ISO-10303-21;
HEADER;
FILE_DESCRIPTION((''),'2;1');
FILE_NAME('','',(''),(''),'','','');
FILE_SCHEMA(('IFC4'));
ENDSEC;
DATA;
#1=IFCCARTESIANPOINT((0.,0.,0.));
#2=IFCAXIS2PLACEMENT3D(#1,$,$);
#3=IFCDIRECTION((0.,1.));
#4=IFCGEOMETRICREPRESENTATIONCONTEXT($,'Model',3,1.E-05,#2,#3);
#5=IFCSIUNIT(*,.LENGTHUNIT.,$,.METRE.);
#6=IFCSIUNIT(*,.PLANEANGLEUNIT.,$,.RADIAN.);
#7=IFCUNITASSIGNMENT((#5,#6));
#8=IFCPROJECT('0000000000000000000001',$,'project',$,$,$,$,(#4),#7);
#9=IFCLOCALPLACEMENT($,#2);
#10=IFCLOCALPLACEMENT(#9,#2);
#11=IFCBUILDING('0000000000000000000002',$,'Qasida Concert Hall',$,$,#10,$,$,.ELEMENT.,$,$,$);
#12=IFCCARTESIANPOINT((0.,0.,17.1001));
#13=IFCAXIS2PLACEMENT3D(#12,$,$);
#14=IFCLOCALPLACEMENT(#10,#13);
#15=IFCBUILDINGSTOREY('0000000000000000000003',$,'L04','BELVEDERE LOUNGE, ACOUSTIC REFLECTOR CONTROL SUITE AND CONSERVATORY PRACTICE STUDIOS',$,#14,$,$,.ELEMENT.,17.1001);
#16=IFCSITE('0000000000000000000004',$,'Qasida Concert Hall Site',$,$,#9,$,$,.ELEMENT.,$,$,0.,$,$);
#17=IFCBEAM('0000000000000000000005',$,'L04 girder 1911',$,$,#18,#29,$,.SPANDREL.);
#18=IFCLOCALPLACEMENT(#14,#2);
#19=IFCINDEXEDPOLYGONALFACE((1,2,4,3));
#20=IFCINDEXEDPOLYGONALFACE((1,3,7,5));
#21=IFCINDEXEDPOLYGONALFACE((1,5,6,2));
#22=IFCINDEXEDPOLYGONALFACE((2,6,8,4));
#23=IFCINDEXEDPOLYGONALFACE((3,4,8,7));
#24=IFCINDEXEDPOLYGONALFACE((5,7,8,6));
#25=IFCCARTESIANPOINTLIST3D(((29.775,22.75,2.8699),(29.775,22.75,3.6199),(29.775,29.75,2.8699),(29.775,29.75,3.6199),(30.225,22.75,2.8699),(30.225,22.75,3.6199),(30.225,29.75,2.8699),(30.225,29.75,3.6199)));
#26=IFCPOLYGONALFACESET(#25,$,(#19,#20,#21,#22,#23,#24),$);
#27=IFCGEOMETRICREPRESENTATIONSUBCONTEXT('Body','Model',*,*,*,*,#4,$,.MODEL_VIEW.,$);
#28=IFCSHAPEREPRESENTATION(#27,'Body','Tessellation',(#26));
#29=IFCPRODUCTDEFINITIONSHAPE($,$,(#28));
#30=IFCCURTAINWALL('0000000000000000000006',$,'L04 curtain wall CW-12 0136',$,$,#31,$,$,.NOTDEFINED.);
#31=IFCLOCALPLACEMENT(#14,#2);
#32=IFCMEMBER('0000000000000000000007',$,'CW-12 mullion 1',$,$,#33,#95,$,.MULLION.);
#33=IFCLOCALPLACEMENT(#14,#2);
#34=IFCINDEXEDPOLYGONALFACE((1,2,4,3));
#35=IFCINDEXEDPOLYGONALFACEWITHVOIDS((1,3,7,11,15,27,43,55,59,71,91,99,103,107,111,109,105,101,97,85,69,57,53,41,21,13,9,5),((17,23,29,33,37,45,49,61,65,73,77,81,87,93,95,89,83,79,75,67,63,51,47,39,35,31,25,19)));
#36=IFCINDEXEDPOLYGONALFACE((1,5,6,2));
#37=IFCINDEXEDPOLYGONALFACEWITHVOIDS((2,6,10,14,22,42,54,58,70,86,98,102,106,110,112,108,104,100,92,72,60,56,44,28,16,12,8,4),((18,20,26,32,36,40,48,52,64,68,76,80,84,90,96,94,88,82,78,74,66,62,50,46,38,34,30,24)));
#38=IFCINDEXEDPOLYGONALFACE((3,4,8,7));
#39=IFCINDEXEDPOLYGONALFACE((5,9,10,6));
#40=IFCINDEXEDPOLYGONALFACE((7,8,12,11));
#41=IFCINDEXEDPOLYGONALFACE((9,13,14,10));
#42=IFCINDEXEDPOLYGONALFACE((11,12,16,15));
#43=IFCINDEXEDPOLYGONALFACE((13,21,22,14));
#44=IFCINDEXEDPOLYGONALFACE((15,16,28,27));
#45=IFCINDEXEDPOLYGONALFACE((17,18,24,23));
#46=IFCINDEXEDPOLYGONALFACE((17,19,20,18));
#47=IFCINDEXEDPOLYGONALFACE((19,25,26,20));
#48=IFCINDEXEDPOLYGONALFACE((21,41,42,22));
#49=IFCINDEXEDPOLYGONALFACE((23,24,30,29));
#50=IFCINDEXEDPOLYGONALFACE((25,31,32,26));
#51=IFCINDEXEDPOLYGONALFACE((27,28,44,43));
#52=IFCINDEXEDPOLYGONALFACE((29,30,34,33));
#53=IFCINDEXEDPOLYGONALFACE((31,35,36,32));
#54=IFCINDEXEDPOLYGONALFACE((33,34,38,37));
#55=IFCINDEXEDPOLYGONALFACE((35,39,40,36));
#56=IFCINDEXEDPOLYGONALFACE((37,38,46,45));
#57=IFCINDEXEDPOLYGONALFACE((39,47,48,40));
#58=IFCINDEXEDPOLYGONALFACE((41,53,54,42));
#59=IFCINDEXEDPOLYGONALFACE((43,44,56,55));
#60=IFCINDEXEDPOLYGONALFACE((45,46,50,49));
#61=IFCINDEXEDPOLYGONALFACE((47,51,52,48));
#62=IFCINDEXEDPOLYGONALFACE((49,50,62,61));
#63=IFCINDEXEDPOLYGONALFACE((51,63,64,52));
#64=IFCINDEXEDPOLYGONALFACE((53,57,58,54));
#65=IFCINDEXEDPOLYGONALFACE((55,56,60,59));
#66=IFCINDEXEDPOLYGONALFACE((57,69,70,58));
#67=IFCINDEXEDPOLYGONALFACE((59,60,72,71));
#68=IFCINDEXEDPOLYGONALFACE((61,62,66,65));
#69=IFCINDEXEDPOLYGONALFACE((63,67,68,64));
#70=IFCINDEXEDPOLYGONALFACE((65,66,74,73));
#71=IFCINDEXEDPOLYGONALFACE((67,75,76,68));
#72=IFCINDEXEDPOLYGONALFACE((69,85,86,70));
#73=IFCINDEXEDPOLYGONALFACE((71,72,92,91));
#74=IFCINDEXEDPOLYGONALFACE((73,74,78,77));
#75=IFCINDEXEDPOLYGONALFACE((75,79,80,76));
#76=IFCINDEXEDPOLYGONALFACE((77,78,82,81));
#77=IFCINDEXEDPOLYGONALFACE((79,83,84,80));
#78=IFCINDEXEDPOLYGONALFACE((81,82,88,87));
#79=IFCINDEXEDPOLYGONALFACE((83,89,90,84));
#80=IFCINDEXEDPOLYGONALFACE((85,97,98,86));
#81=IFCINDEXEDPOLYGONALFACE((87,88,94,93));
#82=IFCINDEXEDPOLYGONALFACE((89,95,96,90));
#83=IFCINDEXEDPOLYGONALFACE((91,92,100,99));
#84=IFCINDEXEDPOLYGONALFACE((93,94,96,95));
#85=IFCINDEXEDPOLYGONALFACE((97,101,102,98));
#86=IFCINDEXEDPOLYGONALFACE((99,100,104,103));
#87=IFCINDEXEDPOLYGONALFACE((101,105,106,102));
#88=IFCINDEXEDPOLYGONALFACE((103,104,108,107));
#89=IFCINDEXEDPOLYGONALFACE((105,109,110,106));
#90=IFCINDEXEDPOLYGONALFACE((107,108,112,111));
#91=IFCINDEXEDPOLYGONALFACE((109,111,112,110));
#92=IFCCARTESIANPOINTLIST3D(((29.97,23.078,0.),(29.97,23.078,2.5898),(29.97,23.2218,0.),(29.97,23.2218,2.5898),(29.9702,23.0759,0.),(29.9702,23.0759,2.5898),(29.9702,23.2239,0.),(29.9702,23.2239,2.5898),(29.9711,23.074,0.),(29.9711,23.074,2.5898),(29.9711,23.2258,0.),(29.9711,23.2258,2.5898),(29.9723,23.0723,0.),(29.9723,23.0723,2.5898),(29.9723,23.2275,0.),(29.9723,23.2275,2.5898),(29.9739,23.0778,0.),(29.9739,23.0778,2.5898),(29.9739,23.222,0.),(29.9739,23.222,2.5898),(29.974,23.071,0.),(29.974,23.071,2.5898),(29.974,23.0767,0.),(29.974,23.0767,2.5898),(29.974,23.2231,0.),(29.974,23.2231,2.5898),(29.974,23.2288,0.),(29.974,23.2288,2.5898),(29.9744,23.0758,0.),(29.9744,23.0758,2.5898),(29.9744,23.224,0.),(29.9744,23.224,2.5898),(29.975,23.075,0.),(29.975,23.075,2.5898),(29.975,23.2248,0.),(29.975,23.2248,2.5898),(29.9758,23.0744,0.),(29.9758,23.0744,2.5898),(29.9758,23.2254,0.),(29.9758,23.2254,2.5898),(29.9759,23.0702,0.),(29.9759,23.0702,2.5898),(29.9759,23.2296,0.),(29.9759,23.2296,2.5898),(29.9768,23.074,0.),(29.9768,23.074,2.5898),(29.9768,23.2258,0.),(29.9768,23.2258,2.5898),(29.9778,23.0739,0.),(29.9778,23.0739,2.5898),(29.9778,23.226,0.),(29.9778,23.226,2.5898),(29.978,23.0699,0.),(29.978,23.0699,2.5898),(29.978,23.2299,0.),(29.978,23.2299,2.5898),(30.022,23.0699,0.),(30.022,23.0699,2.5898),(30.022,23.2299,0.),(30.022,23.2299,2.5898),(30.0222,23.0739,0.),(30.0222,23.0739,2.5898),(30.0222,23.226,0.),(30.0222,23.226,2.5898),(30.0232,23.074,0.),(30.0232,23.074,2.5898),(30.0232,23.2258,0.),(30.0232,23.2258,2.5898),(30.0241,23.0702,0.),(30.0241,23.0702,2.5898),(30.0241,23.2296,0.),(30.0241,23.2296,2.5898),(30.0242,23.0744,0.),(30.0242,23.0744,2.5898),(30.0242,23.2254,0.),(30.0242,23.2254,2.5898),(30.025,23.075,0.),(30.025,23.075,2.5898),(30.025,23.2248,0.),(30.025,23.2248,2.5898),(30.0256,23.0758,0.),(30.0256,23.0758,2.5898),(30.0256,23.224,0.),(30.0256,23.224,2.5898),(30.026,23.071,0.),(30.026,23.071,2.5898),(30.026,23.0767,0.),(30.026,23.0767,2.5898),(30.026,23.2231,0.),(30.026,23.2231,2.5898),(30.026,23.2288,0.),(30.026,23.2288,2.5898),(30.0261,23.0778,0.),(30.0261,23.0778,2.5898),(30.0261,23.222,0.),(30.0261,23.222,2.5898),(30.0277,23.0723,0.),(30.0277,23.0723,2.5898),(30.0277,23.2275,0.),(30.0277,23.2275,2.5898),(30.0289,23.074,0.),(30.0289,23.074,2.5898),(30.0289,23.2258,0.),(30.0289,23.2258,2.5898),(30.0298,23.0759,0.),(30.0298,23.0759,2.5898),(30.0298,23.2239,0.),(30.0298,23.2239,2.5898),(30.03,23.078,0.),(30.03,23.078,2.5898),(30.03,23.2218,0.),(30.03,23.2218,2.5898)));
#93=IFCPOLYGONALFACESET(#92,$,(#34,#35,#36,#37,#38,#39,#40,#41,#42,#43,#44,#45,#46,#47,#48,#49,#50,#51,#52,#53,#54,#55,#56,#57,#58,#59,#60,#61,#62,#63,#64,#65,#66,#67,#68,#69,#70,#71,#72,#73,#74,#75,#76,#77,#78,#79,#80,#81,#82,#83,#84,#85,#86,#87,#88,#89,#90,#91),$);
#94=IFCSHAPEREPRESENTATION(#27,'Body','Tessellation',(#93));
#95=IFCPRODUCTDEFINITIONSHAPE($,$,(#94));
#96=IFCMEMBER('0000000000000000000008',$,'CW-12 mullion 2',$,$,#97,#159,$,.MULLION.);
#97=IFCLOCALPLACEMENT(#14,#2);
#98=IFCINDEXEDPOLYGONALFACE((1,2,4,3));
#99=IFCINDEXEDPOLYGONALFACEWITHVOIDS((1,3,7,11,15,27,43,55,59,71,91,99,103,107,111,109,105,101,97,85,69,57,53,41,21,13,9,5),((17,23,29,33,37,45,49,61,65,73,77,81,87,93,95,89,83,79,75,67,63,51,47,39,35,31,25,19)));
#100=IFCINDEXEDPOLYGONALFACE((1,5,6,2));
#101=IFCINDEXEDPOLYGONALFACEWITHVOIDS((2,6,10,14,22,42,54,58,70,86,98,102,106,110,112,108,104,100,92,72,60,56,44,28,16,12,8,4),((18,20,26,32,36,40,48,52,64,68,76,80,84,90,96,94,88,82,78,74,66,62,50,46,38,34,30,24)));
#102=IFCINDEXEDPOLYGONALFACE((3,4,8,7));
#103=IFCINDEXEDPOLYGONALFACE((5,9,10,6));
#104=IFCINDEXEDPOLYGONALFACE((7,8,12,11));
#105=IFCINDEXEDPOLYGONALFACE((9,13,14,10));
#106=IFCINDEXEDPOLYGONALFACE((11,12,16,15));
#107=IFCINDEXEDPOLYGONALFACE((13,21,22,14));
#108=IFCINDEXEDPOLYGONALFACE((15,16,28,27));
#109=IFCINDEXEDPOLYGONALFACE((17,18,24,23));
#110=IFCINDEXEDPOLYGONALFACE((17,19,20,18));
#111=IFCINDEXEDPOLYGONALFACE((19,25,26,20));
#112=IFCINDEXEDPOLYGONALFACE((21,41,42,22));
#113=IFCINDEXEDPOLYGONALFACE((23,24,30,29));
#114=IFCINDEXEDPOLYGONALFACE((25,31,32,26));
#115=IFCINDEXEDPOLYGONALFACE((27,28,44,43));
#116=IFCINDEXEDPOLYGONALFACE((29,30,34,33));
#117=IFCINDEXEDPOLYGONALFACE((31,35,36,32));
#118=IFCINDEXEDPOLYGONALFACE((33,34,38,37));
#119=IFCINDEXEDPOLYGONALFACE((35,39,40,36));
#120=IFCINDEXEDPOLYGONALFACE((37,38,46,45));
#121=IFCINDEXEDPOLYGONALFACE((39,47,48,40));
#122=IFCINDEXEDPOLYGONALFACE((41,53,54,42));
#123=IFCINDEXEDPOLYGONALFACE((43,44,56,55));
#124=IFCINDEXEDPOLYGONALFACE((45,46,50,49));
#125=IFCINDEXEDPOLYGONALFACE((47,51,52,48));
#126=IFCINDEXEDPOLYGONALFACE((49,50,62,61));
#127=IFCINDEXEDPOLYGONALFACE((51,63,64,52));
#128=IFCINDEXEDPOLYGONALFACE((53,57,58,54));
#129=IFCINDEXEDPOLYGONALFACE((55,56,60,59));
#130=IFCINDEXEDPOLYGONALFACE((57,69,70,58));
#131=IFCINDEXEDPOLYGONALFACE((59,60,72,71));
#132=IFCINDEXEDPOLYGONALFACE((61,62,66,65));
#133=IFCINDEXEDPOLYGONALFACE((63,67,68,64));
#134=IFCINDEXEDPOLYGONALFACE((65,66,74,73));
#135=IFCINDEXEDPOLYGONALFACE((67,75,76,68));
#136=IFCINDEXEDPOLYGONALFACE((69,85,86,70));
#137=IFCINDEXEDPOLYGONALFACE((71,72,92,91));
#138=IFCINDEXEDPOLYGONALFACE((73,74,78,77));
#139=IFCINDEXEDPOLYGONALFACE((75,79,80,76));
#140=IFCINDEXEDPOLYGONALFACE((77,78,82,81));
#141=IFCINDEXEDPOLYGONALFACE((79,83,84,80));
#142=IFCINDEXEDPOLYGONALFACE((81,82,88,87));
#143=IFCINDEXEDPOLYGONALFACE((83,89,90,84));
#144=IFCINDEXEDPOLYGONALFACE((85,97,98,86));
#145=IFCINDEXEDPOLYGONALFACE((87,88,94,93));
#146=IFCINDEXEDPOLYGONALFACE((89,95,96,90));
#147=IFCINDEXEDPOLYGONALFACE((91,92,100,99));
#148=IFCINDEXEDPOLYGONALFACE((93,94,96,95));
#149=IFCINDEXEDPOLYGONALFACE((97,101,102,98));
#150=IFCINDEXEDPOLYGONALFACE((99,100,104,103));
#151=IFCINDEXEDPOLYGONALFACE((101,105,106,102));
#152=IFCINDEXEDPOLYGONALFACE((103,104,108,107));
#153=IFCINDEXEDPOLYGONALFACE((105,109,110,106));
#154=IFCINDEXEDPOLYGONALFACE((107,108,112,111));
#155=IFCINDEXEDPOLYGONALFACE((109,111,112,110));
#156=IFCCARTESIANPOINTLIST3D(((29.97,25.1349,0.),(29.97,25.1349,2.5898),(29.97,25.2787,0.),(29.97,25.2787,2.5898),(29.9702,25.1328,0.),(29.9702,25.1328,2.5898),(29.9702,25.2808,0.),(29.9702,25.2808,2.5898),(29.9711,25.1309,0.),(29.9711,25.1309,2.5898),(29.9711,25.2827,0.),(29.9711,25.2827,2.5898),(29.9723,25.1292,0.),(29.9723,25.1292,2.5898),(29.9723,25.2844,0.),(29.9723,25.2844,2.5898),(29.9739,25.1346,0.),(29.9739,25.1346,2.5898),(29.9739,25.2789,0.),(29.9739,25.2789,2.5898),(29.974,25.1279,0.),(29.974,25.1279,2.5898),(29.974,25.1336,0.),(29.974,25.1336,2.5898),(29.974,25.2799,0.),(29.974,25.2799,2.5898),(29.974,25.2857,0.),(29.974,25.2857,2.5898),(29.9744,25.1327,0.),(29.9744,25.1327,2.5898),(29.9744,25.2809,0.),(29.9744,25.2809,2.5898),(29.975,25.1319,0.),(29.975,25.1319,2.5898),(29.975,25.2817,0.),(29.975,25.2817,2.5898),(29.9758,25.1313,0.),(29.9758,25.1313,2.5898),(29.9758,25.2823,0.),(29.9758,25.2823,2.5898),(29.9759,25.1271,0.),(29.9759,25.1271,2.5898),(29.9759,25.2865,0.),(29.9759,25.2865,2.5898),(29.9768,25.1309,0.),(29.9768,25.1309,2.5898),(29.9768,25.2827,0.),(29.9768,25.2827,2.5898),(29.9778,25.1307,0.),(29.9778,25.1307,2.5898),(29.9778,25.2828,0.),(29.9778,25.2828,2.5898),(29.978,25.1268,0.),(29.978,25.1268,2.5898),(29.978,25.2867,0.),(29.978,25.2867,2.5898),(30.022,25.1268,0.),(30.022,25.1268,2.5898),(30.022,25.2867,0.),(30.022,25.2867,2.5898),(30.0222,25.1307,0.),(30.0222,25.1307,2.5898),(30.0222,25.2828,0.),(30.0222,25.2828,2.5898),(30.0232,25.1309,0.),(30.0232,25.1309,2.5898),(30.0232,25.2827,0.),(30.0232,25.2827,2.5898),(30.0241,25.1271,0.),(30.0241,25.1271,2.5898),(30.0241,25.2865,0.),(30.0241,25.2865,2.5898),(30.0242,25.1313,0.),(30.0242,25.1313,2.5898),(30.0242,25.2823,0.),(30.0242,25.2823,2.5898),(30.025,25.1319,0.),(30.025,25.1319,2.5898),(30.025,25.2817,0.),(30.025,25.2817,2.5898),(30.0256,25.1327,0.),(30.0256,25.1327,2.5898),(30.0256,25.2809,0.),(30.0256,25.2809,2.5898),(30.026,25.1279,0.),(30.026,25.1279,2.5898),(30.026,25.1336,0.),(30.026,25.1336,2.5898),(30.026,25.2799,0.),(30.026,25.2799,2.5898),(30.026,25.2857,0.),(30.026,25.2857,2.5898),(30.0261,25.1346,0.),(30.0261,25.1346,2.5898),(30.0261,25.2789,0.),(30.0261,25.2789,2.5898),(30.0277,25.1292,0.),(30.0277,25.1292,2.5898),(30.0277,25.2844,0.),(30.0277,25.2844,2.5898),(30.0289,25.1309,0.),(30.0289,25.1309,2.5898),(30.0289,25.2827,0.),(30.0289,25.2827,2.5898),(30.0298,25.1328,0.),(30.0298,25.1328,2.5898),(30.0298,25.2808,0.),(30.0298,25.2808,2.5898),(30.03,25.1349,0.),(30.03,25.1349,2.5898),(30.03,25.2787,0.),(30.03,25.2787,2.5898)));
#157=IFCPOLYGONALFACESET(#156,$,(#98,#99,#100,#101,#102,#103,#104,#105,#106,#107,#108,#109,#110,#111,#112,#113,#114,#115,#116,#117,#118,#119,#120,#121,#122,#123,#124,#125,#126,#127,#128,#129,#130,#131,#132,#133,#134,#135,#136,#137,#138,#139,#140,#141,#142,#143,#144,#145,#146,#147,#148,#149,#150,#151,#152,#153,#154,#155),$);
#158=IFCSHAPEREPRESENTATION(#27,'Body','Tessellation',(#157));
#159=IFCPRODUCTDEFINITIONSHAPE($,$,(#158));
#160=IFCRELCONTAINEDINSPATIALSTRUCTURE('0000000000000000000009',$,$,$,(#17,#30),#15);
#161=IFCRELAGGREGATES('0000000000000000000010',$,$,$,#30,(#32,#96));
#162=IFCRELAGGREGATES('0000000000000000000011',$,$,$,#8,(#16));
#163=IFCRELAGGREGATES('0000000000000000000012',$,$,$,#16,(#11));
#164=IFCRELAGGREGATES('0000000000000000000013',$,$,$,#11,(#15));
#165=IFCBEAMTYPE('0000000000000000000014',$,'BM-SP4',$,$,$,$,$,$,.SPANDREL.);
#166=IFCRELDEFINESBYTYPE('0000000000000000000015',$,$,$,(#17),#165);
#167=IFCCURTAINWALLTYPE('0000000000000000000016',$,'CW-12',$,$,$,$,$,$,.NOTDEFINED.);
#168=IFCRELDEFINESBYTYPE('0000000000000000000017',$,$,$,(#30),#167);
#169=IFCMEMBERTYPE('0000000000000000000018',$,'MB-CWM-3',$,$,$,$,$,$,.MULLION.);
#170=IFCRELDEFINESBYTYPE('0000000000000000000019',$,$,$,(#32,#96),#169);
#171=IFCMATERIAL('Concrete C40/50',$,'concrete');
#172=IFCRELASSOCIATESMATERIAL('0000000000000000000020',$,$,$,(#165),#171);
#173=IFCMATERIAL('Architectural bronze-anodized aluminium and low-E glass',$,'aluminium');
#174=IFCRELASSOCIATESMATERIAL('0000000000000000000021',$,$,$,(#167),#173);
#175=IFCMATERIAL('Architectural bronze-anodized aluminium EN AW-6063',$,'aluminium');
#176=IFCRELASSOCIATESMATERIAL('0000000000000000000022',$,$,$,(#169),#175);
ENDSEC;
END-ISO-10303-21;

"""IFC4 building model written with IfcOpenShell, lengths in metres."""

from ifc_helpers import new_model, si_unit, direction, frame, origin, origin_2d, place, context, subcontext, project, spatial, rectangle, hollow_rectangle, extrude, material, material_profile, profile_set, type_object, element, aggregate, save


model = new_model("IFC4")

# Units and contexts
model_context = context("Model", 3, precision=1e-05, world=origin(), true_north=direction((0.0, 1.0)))
body_context = subcontext(model_context, "Body", "Model", "MODEL_VIEW")
ifc_project = project(units=[si_unit("LENGTHUNIT", "METRE"), si_unit("PLANEANGLEUNIT", "RADIAN")], contexts=[model_context])

# Site, building, storey
site_placement = place(None, origin())
site = spatial("IfcSite", under=ifc_project, at=site_placement, Name="Qasida Concert Hall Site", CompositionType="ELEMENT", RefElevation=0.0)
building_placement = place(site_placement, origin())
building = spatial("IfcBuilding", under=site, at=building_placement, Name="Qasida Concert Hall", CompositionType="ELEMENT")
storey_placement = place(building_placement, frame((0.0, 0.0, 17.1001)))
storey = spatial("IfcBuildingStorey", under=building, at=storey_placement, Name="L04", Description="BELVEDERE LOUNGE, ACOUSTIC REFLECTOR CONTROL SUITE AND CONSERVATORY PRACTICE STUDIOS", CompositionType="ELEMENT", Elevation=17.1001)

# Beam
ifc_material_1 = material(Name="Concrete C40/50", Category="concrete")
ifc_material_profile_1 = material_profile(ifc_material_1, rectangle(XDim=0.45, YDim=0.75, at=origin_2d()), Name="RC 450x750")
ifc_profile_set_1 = profile_set([ifc_material_profile_1], Name="Concrete C40/50")
beam_type_1 = type_object("IfcBeamType", Name="BM-SP4", PredefinedType="SPANDREL", material=ifc_profile_set_1)
beam_1_placement = place(storey_placement, frame((30.0, 22.75, 3.2449), z_axis=(0.0, 1.0, 0.0), x_axis=(-1.0, 0.0, 0.0)))
element("IfcBeam", 1, at=beam_1_placement, inside=storey, type_object=beam_type_1, Name="L04 girder 1911", PredefinedType="SPANDREL", context=body_context, shape_type="SweptSolid", body=[
    extrude(rectangle(XDim=0.45, YDim=0.75, at=origin_2d()), origin(), (0.0, 0.0, 1.0), 7.0),
])

# Curtain wall, members
ifc_material_2 = material(Name="Architectural bronze-anodized aluminium and low-E glass", Category="aluminium")
curtain_wall_type = type_object("IfcCurtainWallType", Name="CW-12", PredefinedType="NOTDEFINED", material=ifc_material_2)
curtain_wall_placement = place(storey_placement, origin())
curtain_wall = element("IfcCurtainWall", 2, at=curtain_wall_placement, inside=storey, type_object=curtain_wall_type, Name="L04 curtain wall CW-12 0136", PredefinedType="NOTDEFINED")
ifc_material_3 = material(Name="Architectural bronze-anodized aluminium EN AW-6063", Category="aluminium")
ifc_material_profile_2 = material_profile(ifc_material_3, hollow_rectangle(XDim=0.0601, YDim=0.1599, WallThickness=0.0039, InnerFilletRadius=0.0039, OuterFilletRadius=0.0081, at=origin_2d()), Name="CWM 160x60x4")
ifc_profile_set_2 = profile_set([ifc_material_profile_2], Name="Architectural bronze-anodized aluminium EN AW-6063")
member_type_1 = type_object("IfcMemberType", Name="MB-CWM-3", PredefinedType="MULLION", material=ifc_profile_set_2)
member_1_placement = place(storey_placement, frame((30.0, 23.1499, 0.0), z_axis=(0.0, 0.0, 1.0), x_axis=(-1.0, 0.0, 0.0)))
member_1 = element("IfcMember", 3, at=member_1_placement, type_object=member_type_1, Name="CW-12 mullion 1", PredefinedType="MULLION", context=body_context, shape_type="SweptSolid", body=[
    extrude(hollow_rectangle(XDim=0.0601, YDim=0.1599, WallThickness=0.0039, InnerFilletRadius=0.0039, OuterFilletRadius=0.0081, at=origin_2d()), origin(), (0.0, 0.0, 1.0), 2.5898),
])
member_2_placement = place(storey_placement, frame((30.0, 25.2068, 0.0), z_axis=(0.0, 0.0, 1.0), x_axis=(-1.0, 0.0, 0.0)))
member_2 = element("IfcMember", 4, at=member_2_placement, type_object=member_type_1, Name="CW-12 mullion 2", PredefinedType="MULLION", context=body_context, shape_type="SweptSolid", body=[
    extrude(hollow_rectangle(XDim=0.0601, YDim=0.1599, WallThickness=0.0039, InnerFilletRadius=0.0039, OuterFilletRadius=0.0081, at=origin_2d()), origin(), (0.0, 0.0, 1.0), 2.5898),
])
aggregate(curtain_wall, [member_1, member_2])

save(model, "model.ifc")
